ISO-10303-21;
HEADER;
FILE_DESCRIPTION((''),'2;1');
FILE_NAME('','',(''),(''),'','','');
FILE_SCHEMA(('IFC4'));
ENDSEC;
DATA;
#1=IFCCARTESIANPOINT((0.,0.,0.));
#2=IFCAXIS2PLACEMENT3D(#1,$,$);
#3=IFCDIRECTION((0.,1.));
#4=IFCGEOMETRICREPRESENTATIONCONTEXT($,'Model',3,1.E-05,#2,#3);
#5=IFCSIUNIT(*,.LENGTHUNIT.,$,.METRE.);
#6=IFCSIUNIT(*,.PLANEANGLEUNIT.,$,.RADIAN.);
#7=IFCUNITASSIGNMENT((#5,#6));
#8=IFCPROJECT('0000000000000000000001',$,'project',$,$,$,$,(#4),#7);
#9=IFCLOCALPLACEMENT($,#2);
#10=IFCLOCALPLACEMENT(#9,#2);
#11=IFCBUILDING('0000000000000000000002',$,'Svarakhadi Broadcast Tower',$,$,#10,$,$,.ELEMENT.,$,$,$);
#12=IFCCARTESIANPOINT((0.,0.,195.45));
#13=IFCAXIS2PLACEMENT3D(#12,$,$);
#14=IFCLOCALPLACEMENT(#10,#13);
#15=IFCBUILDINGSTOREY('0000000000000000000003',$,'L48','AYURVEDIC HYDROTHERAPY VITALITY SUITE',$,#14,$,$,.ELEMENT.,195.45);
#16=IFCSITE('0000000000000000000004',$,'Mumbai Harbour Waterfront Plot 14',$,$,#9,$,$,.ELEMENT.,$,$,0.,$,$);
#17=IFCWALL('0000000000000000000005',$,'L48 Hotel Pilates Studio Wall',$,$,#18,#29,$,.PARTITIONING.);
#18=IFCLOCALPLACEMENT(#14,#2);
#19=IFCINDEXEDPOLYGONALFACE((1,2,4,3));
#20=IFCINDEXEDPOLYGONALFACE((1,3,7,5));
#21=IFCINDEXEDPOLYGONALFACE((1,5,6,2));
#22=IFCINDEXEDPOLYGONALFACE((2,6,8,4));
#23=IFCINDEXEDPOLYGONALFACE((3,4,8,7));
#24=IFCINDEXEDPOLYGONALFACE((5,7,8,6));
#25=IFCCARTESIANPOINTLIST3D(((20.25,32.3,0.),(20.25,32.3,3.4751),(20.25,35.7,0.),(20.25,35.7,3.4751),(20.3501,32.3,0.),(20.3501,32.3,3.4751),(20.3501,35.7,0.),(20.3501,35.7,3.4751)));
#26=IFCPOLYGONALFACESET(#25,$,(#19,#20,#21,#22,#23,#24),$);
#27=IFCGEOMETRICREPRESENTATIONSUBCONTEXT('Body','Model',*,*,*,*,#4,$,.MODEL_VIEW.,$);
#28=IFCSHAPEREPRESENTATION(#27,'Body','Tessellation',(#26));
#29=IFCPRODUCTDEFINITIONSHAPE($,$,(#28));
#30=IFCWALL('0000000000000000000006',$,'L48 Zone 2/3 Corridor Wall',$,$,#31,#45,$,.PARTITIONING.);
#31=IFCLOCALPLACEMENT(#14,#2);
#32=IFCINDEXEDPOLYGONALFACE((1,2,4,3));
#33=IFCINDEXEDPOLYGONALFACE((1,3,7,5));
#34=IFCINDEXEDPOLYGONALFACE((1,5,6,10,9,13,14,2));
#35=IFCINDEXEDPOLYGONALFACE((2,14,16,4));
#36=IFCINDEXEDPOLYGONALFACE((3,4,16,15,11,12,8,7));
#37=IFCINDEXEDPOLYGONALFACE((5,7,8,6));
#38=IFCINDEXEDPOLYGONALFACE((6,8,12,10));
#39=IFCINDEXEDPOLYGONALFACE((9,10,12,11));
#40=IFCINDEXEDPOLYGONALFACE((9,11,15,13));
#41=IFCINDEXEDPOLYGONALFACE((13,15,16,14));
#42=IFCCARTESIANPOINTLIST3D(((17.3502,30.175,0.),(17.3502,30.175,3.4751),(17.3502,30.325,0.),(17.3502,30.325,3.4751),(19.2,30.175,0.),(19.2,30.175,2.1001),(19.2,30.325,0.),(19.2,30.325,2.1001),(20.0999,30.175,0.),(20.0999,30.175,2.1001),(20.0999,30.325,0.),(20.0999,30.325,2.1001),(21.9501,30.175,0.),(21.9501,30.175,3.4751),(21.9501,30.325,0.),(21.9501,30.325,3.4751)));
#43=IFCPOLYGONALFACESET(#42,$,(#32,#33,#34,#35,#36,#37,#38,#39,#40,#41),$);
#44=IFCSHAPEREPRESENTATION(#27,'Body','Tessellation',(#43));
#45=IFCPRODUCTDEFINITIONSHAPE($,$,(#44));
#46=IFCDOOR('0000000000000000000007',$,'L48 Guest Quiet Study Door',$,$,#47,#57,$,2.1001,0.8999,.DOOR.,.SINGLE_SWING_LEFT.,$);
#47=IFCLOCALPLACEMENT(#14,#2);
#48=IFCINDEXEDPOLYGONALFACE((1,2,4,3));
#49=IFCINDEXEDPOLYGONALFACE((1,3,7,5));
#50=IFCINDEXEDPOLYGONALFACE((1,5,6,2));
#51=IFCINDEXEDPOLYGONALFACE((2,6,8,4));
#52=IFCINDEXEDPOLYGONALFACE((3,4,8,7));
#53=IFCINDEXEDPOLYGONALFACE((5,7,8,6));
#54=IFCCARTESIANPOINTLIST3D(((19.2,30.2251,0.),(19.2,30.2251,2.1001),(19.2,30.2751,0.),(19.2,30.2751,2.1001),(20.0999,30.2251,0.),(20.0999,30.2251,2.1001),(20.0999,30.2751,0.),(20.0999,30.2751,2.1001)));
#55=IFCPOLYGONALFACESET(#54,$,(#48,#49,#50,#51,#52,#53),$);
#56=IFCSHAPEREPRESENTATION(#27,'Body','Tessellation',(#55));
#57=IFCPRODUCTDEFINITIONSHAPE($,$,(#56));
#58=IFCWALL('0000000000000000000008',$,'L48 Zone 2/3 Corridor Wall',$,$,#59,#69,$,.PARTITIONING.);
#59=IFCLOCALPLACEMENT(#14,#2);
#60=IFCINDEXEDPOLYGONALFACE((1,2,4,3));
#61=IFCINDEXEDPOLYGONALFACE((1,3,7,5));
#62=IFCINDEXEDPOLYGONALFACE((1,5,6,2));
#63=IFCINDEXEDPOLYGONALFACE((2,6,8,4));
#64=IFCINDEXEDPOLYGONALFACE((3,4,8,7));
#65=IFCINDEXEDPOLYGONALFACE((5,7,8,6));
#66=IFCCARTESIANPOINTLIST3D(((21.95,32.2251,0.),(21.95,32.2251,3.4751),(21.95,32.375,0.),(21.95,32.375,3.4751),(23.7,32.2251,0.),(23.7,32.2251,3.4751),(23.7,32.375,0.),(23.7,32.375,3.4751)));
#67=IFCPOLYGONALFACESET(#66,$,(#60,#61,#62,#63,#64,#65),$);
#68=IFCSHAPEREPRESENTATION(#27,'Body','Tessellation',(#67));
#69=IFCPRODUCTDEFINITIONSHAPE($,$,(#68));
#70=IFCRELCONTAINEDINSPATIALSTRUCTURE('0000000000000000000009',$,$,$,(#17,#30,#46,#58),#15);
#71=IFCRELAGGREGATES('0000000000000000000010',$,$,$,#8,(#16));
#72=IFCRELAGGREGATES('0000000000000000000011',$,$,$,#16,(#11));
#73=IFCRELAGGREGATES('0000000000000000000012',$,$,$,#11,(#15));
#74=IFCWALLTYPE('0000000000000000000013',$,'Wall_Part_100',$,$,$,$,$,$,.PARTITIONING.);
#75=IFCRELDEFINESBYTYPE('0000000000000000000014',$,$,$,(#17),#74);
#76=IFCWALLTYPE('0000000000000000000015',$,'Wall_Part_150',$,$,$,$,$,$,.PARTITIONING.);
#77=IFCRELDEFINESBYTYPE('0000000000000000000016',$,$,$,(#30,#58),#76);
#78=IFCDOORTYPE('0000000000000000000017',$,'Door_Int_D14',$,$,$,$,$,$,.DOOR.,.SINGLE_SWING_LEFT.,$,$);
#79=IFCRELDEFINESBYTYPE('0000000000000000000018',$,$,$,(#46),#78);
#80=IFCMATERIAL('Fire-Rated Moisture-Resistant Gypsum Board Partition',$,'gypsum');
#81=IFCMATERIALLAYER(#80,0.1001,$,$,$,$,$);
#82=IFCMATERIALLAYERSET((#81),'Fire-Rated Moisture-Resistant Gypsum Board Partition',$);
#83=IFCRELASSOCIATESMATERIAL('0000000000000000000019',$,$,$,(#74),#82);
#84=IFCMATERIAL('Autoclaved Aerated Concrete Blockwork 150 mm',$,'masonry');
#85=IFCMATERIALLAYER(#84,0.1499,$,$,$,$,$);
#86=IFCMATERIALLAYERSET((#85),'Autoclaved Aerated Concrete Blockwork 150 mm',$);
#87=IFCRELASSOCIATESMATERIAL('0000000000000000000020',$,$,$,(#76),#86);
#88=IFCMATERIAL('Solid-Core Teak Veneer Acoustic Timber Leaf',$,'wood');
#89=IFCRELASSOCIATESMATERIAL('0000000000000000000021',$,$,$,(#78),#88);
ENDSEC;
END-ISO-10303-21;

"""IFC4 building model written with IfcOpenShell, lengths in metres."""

from ifc_helpers import new_model, si_unit, direction, frame, frame_2d, origin, place, context, subcontext, project, spatial, rectangle, extrude, material, layer, layer_set, type_object, element, fill, save


model = new_model("IFC4")

# Units and contexts
model_context = context("Model", 3, precision=1e-05, world=origin(), true_north=direction((0.0, 1.0)))
body_context = subcontext(model_context, "Body", "Model", "MODEL_VIEW")
ifc_project = project(units=[si_unit("LENGTHUNIT", "METRE"), si_unit("PLANEANGLEUNIT", "RADIAN")], contexts=[model_context])

# Site, building, storey
site_placement = place(None, origin())
site = spatial("IfcSite", under=ifc_project, at=site_placement, Name="Mumbai Harbour Waterfront Plot 14", CompositionType="ELEMENT", RefElevation=0.0)
building_placement = place(site_placement, origin())
building = spatial("IfcBuilding", under=site, at=building_placement, Name="Svarakhadi Broadcast Tower", CompositionType="ELEMENT")
storey_placement = place(building_placement, frame((0.0, 0.0, 195.45)))
storey = spatial("IfcBuildingStorey", under=building, at=storey_placement, Name="L48", Description="AYURVEDIC HYDROTHERAPY VITALITY SUITE", CompositionType="ELEMENT", Elevation=195.45)

# Wall
ifc_material_1 = material(Name="Fire-Rated Moisture-Resistant Gypsum Board Partition", Category="gypsum")
ifc_layer_1 = layer(ifc_material_1, 0.1001)
ifc_layer_set_1 = layer_set([ifc_layer_1], Name="Fire-Rated Moisture-Resistant Gypsum Board Partition")
wall_type_1 = type_object("IfcWallType", Name="Wall_Part_100", PredefinedType="PARTITIONING", material=ifc_layer_set_1)
wall_1_placement = place(storey_placement, frame((20.3, 32.3, 0.0), z_axis=(0.0, 0.0, 1.0), x_axis=(0.0, 1.0, 0.0)))
element("IfcWall", 1, at=wall_1_placement, inside=storey, type_object=wall_type_1, Name="L48 Hotel Pilates Studio Wall", PredefinedType="PARTITIONING", context=body_context, shape_type="SweptSolid", body=[
    extrude(rectangle(XDim=3.3999, YDim=0.1001, at=frame_2d((1.7, 0.0))), origin(), (0.0, 0.0, 1.0), 3.4751),
])

# Wall, opening, door
ifc_material_2 = material(Name="Autoclaved Aerated Concrete Blockwork 150 mm", Category="masonry")
ifc_layer_2 = layer(ifc_material_2, 0.1499)
ifc_layer_set_2 = layer_set([ifc_layer_2], Name="Autoclaved Aerated Concrete Blockwork 150 mm")
wall_type_2 = type_object("IfcWallType", Name="Wall_Part_150", PredefinedType="PARTITIONING", material=ifc_layer_set_2)
wall_2_placement = place(storey_placement, frame((21.95, 30.25, 0.0), z_axis=(0.0, 0.0, 1.0), x_axis=(-1.0, 0.0, 0.0)))
wall_2 = element("IfcWall", 2, at=wall_2_placement, inside=storey, type_object=wall_type_2, Name="L48 Zone 2/3 Corridor Wall", PredefinedType="PARTITIONING", context=body_context, shape_type="SweptSolid", body=[
    extrude(rectangle(XDim=4.5999, YDim=0.1499, at=frame_2d((2.2998, 0.0))), origin(), (0.0, 0.0, 1.0), 3.4751),
])
opening_placement = place(wall_2_placement, frame((1.8501, 0.0, 0.0)))
opening = element("IfcOpeningElement", 3, at=opening_placement, cuts=wall_2, PredefinedType="OPENING", context=body_context, shape_type="SweptSolid", body=[
    extrude(rectangle(XDim=0.8999, YDim=2.1001, at=frame_2d((0.45, 1.05))), frame((0.0, 0.085, 0.0), z_axis=(0.0, -1.0, 0.0), x_axis=(1.0, 0.0, 0.0)), (0.0, 0.0, 1.0), 0.1699),
])
ifc_material_3 = material(Name="Solid-Core Teak Veneer Acoustic Timber Leaf", Category="wood")
door_type = type_object("IfcDoorType", Name="Door_Int_D14", OperationType="SINGLE_SWING_LEFT", PredefinedType="DOOR", material=ifc_material_3)
door_placement = place(opening_placement, origin())
door = element("IfcDoor", 4, at=door_placement, inside=storey, type_object=door_type, Name="L48 Guest Quiet Study Door", OperationType="SINGLE_SWING_LEFT", OverallHeight=2.1001, OverallWidth=0.8999, PredefinedType="DOOR", context=body_context, shape_type="SweptSolid", body=[
    extrude(rectangle(XDim=0.8999, YDim=2.1001, at=frame_2d((0.45, 1.05))), frame((0.0, 0.0249, 0.0), z_axis=(0.0, -1.0, 0.0), x_axis=(1.0, 0.0, 0.0)), (0.0, 0.0, 1.0), 0.05),
])
fill(opening, door)

# Wall
wall_3_placement = place(storey_placement, frame((21.95, 32.3, 0.0), z_axis=(0.0, 0.0, 1.0), x_axis=(1.0, 0.0, 0.0)))
element("IfcWall", 5, at=wall_3_placement, inside=storey, type_object=wall_type_2, Name="L48 Zone 2/3 Corridor Wall", PredefinedType="PARTITIONING", context=body_context, shape_type="SweptSolid", body=[
    extrude(rectangle(XDim=1.75, YDim=0.1499, at=frame_2d((0.875, 0.0))), origin(), (0.0, 0.0, 1.0), 3.4751),
])

save(model, "model.ifc")
